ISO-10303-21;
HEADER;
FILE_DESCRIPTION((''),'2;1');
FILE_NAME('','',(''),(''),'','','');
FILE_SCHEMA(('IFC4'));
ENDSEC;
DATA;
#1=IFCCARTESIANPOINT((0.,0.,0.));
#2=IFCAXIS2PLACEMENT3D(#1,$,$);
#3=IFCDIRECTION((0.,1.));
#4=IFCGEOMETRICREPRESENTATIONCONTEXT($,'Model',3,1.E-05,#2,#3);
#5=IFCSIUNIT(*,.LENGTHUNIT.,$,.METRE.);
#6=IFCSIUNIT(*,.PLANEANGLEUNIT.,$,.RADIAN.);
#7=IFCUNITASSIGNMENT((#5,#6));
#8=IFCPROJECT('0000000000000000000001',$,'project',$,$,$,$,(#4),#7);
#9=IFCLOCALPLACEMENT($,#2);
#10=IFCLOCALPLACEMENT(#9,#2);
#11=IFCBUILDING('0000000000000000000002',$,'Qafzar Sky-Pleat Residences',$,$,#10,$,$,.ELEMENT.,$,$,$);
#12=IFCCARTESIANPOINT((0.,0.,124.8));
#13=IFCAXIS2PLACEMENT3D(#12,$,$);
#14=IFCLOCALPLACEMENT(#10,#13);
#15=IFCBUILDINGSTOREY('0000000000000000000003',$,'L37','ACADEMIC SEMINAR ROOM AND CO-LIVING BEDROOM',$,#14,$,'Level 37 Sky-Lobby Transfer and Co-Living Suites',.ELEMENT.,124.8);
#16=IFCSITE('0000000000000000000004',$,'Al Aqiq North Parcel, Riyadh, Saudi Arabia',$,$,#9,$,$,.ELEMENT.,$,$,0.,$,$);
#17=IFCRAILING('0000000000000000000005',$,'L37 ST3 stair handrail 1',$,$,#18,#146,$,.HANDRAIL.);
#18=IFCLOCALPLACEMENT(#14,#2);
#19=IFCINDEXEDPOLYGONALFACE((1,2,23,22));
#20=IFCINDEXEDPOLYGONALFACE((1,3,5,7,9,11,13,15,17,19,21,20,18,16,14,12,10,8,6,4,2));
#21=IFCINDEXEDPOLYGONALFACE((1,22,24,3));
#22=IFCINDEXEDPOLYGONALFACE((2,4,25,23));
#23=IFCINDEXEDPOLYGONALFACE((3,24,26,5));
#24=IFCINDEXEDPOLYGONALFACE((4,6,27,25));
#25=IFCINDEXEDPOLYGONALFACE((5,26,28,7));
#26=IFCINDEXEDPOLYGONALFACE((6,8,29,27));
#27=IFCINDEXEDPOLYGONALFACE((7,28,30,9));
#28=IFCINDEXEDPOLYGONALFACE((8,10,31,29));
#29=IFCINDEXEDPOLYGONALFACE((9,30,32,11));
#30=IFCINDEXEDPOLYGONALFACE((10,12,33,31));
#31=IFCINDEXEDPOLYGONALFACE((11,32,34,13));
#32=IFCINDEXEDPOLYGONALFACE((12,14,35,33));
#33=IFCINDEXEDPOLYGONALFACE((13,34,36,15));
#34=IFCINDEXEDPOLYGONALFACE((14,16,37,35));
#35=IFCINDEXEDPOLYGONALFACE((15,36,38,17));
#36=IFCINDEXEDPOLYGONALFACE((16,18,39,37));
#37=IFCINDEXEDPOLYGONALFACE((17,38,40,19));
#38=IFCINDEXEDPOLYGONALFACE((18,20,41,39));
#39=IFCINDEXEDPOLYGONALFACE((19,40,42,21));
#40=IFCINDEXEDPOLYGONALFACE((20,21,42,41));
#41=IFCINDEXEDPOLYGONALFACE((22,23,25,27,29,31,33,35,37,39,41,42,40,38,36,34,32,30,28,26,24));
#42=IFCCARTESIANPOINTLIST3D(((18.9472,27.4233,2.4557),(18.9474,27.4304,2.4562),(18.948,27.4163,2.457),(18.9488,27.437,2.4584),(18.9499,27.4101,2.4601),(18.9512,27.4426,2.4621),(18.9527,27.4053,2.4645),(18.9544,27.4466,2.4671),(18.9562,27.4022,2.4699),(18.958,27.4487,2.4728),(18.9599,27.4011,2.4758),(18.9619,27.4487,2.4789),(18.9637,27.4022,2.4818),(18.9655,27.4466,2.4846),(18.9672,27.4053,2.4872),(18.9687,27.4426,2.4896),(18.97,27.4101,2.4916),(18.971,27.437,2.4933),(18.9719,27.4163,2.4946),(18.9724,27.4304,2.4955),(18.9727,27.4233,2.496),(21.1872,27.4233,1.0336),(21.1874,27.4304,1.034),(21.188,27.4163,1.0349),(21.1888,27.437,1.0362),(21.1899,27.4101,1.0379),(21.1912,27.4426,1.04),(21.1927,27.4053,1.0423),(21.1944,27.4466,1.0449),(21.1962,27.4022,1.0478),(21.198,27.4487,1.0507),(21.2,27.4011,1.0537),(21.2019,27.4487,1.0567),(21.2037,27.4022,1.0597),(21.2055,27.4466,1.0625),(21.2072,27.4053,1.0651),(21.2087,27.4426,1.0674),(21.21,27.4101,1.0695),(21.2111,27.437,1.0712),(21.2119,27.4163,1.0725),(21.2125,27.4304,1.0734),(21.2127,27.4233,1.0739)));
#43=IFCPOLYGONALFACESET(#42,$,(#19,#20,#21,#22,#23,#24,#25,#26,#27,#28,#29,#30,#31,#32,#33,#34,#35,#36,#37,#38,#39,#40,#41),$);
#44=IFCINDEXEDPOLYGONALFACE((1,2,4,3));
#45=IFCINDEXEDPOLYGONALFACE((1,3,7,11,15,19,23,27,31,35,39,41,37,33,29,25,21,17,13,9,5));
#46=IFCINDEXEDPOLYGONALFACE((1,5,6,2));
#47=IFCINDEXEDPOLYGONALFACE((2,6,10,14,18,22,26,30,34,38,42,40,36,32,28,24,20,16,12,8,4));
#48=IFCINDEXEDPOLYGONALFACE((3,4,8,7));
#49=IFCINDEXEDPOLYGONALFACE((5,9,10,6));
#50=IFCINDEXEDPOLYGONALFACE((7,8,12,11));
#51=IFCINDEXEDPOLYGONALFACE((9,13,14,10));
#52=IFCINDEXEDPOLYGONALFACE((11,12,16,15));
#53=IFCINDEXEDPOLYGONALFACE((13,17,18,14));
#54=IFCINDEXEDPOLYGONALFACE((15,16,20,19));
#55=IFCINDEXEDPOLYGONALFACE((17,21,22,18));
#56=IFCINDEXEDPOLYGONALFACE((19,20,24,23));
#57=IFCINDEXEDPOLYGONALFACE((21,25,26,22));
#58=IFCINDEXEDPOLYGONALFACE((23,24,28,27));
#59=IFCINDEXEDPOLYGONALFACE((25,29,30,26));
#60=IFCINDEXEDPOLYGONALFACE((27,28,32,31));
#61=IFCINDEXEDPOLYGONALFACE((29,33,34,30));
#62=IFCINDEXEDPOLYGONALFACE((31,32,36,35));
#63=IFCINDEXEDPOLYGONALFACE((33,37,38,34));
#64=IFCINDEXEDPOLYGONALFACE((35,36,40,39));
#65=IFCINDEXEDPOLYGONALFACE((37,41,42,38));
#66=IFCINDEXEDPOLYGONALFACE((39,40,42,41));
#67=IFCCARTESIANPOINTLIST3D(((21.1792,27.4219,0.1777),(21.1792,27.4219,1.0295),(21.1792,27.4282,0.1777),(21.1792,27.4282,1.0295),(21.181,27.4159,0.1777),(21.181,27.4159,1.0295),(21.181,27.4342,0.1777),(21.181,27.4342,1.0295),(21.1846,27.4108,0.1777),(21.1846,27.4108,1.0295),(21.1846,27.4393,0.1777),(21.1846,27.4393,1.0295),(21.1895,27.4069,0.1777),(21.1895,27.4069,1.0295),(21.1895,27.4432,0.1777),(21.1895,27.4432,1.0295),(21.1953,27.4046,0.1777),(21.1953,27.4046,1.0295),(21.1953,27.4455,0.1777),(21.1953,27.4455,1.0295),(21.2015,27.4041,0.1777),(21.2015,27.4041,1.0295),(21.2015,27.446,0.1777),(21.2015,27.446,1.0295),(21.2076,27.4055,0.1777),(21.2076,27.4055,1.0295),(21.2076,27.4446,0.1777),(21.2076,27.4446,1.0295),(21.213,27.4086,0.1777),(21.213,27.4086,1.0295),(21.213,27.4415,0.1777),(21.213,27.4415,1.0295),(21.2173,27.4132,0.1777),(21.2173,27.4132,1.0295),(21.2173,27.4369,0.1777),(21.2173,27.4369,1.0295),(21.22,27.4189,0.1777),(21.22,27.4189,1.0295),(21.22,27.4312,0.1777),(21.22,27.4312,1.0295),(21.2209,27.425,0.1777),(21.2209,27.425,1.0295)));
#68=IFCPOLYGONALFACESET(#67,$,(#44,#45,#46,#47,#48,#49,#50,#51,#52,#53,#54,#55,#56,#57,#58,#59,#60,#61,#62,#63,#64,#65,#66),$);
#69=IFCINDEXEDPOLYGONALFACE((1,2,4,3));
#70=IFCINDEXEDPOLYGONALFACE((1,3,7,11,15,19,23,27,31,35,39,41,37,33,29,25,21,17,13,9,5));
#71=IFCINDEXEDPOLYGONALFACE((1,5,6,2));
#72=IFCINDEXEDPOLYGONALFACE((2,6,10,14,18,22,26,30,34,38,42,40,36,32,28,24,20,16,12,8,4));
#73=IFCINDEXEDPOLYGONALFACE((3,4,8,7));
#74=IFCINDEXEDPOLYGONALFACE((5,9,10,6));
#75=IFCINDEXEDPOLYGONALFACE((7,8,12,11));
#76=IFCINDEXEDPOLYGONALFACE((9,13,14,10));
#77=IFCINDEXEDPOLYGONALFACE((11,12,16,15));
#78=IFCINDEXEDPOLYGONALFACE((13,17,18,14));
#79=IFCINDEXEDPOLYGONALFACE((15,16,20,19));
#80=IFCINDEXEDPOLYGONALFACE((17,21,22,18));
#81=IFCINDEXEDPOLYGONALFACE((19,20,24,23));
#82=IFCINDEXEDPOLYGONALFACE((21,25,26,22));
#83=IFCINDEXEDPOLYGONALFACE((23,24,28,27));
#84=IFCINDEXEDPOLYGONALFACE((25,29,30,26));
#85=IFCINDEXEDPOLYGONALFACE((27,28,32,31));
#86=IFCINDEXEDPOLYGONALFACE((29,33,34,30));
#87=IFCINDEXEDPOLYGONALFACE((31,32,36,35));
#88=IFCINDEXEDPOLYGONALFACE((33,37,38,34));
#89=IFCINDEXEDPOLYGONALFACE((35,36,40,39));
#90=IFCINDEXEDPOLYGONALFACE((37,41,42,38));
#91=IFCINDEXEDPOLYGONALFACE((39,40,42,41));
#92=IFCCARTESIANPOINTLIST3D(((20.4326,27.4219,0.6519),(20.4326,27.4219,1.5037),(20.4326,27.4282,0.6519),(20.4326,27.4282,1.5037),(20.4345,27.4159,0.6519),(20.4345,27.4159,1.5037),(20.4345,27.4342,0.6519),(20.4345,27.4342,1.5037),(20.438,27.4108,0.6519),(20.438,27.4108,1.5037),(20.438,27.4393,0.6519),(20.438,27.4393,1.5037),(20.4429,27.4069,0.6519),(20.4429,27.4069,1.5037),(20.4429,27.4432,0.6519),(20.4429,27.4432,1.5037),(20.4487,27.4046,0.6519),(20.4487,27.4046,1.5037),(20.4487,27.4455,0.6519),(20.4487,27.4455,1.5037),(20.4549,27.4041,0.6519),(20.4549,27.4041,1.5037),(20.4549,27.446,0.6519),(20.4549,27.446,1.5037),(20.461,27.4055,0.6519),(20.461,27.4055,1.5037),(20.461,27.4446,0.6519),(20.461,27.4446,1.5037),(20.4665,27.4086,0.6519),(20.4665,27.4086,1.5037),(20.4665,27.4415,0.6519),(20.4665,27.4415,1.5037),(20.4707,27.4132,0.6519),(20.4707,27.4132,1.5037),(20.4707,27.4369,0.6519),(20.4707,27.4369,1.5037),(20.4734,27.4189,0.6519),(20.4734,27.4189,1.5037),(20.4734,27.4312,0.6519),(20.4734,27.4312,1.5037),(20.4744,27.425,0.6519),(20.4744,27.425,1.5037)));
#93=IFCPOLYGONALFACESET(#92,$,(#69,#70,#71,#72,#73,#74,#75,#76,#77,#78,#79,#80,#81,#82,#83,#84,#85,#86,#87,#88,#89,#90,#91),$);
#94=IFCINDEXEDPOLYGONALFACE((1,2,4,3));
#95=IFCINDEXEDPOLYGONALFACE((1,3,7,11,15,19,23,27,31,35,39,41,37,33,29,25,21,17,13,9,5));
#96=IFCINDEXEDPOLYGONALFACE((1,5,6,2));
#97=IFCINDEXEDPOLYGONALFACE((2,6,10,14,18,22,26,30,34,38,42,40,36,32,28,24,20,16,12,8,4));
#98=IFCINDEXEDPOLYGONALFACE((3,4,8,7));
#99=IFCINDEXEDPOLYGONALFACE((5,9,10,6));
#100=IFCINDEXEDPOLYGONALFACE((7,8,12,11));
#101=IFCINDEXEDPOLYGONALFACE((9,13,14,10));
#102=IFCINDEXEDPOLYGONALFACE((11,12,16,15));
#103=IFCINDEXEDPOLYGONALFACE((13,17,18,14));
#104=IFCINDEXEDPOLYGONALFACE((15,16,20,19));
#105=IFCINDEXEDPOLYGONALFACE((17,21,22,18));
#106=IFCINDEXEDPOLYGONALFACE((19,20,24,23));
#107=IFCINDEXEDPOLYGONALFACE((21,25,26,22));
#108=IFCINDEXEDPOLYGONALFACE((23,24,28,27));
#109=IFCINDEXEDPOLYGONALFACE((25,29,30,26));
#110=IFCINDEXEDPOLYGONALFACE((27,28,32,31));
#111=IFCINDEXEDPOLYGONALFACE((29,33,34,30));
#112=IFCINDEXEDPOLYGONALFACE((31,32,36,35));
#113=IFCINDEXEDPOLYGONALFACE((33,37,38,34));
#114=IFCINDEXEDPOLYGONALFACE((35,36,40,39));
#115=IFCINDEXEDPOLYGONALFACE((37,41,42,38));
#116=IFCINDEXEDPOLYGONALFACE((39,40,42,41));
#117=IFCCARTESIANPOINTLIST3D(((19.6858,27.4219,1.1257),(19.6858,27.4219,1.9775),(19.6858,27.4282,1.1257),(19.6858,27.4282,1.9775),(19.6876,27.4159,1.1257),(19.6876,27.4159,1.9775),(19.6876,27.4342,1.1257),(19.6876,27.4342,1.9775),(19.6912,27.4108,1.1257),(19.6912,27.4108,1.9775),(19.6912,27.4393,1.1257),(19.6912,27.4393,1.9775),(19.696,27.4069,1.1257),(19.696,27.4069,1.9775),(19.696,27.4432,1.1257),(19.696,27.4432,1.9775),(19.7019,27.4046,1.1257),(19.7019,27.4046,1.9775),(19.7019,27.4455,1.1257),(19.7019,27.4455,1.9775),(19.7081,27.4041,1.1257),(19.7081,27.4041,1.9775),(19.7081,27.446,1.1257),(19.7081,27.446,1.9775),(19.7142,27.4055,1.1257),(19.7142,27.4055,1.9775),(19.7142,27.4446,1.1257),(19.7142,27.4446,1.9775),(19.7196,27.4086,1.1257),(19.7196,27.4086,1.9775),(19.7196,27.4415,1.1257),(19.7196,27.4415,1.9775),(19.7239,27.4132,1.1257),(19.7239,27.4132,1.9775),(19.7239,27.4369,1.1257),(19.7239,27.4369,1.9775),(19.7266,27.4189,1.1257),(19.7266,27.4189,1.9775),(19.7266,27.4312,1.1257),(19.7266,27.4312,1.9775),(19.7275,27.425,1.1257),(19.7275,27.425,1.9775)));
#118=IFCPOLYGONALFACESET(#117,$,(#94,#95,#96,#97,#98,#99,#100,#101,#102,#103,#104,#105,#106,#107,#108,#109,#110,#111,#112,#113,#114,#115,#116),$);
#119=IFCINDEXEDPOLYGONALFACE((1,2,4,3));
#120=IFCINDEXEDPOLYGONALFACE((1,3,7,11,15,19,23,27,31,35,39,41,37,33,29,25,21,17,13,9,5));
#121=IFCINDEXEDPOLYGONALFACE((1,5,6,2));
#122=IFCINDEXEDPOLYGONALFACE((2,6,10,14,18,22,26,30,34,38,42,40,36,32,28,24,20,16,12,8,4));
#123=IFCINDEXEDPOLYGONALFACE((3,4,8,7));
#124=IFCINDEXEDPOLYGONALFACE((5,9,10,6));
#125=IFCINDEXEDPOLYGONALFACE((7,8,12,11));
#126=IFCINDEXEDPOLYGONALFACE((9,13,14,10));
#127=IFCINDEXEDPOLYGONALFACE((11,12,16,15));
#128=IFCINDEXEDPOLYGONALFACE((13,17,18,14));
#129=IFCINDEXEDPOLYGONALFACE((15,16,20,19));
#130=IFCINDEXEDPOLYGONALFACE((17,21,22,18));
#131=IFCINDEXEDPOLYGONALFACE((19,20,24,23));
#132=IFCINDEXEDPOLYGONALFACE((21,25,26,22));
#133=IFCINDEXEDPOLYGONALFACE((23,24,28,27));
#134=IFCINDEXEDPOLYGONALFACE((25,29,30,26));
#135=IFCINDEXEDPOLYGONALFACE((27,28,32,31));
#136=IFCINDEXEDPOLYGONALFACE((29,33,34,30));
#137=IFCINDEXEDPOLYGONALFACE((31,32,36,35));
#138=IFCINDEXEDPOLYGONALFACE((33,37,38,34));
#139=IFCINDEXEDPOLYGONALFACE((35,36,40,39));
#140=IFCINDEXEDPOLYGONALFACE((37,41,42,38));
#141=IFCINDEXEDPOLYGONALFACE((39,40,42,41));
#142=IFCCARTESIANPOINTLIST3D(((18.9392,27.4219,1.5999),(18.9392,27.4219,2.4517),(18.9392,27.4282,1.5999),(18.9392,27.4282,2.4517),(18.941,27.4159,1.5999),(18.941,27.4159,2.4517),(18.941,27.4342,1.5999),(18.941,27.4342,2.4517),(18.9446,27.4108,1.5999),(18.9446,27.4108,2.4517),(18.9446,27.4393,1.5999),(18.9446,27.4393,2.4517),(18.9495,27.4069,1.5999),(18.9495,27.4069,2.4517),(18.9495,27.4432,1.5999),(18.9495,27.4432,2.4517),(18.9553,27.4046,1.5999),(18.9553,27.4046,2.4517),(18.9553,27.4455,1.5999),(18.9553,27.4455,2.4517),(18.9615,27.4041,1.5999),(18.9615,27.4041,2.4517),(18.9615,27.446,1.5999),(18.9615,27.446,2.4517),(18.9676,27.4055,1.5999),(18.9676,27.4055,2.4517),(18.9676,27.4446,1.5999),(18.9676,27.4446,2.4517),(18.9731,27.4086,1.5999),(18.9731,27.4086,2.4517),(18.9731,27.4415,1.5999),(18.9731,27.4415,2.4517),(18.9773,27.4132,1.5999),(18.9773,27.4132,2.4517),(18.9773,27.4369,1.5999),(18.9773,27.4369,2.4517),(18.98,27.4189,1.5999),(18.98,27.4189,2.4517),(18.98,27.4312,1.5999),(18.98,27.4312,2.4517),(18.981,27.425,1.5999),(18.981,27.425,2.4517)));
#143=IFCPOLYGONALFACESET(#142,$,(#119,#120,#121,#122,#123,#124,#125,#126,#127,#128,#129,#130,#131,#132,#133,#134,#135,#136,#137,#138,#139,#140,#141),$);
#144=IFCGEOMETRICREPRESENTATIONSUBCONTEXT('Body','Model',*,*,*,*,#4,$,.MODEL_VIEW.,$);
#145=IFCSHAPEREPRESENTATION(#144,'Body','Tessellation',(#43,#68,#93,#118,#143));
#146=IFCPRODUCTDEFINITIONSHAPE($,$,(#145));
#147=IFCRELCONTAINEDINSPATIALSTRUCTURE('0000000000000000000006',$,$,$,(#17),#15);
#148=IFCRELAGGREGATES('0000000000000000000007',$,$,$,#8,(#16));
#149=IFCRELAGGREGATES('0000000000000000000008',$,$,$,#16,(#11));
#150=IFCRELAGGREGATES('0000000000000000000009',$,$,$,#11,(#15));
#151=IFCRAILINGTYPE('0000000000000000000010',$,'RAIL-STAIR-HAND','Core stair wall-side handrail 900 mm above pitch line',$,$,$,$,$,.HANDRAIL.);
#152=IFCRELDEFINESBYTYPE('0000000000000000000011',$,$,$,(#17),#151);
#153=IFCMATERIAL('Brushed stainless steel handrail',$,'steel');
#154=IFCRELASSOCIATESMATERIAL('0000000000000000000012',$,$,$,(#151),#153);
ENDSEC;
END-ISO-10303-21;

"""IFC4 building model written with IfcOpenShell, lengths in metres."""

from ifc_helpers import new_model, si_unit, direction, frame, origin, origin_2d, place, context, subcontext, project, spatial, circle, extrude, source, transform, mapped, material, type_object, element, save


model = new_model("IFC4")

# Units and contexts
model_context = context("Model", 3, precision=1e-05, world=origin(), true_north=direction((0.0, 1.0)))
body_context = subcontext(model_context, "Body", "Model", "MODEL_VIEW")
ifc_project = project(units=[si_unit("LENGTHUNIT", "METRE"), si_unit("PLANEANGLEUNIT", "RADIAN")], contexts=[model_context])

# Site, building, storey
site_placement = place(None, origin())
site = spatial("IfcSite", under=ifc_project, at=site_placement, Name="Al Aqiq North Parcel, Riyadh, Saudi Arabia", CompositionType="ELEMENT", RefElevation=0.0)
building_placement = place(site_placement, origin())
building = spatial("IfcBuilding", under=site, at=building_placement, Name="Qafzar Sky-Pleat Residences", CompositionType="ELEMENT")
storey_placement = place(building_placement, frame((0.0, 0.0, 124.8)))
storey = spatial("IfcBuildingStorey", under=building, at=storey_placement, Name="L37", Description="ACADEMIC SEMINAR ROOM AND CO-LIVING BEDROOM", LongName="Level 37 Sky-Lobby Transfer and Co-Living Suites", CompositionType="ELEMENT", Elevation=124.8)

# Railing
ifc_material_1 = material(Name="Brushed stainless steel handrail", Category="steel")
railing_type_1 = type_object("IfcRailingType", Name="RAIL-STAIR-HAND", Description="Core stair wall-side handrail 900 mm above pitch line", PredefinedType="HANDRAIL", material=ifc_material_1)
shared_shape_1 = source(origin(), body_context, "Body", "SweptSolid", [
    extrude(circle(Radius=0.0239, at=origin_2d()), frame((0.0, 0.0, 0.876), z_axis=(-0.844229, 0.0, 0.535982), x_axis=(0.0, -1.0, 0.0)), (0.0, 0.0, 1.0), 2.6533),
    extrude(circle(Radius=0.021, at=origin_2d()), origin(), (0.0, 0.0, 1.0), 0.8518),
    extrude(circle(Radius=0.021, at=origin_2d()), frame((-0.7466, 0.0, 0.4741)), (0.0, 0.0, 1.0), 0.8518),
    extrude(circle(Radius=0.021, at=origin_2d()), frame((-1.4934, 0.0, 0.948)), (0.0, 0.0, 1.0), 0.8518),
    extrude(circle(Radius=0.021, at=origin_2d()), frame((-2.24, 0.0, 1.4221)), (0.0, 0.0, 1.0), 0.8518),
])
railing_1_placement = place(storey_placement, frame((21.2, 27.425, 0.1777)))
element("IfcRailing", 1, at=railing_1_placement, inside=storey, type_object=railing_type_1, Name="L37 ST3 stair handrail 1", PredefinedType="HANDRAIL", context=body_context, shape_type="MappedRepresentation", body=[
    mapped(shared_shape_1, transform((0.0, 0.0, 0.0), x_axis=(1.0, 0.0, 0.0), y_axis=(0.0, 1.0, 0.0), z_axis=(0.0, 0.0, 1.0), scale=1.0)),
])

save(model, "model.ifc")
